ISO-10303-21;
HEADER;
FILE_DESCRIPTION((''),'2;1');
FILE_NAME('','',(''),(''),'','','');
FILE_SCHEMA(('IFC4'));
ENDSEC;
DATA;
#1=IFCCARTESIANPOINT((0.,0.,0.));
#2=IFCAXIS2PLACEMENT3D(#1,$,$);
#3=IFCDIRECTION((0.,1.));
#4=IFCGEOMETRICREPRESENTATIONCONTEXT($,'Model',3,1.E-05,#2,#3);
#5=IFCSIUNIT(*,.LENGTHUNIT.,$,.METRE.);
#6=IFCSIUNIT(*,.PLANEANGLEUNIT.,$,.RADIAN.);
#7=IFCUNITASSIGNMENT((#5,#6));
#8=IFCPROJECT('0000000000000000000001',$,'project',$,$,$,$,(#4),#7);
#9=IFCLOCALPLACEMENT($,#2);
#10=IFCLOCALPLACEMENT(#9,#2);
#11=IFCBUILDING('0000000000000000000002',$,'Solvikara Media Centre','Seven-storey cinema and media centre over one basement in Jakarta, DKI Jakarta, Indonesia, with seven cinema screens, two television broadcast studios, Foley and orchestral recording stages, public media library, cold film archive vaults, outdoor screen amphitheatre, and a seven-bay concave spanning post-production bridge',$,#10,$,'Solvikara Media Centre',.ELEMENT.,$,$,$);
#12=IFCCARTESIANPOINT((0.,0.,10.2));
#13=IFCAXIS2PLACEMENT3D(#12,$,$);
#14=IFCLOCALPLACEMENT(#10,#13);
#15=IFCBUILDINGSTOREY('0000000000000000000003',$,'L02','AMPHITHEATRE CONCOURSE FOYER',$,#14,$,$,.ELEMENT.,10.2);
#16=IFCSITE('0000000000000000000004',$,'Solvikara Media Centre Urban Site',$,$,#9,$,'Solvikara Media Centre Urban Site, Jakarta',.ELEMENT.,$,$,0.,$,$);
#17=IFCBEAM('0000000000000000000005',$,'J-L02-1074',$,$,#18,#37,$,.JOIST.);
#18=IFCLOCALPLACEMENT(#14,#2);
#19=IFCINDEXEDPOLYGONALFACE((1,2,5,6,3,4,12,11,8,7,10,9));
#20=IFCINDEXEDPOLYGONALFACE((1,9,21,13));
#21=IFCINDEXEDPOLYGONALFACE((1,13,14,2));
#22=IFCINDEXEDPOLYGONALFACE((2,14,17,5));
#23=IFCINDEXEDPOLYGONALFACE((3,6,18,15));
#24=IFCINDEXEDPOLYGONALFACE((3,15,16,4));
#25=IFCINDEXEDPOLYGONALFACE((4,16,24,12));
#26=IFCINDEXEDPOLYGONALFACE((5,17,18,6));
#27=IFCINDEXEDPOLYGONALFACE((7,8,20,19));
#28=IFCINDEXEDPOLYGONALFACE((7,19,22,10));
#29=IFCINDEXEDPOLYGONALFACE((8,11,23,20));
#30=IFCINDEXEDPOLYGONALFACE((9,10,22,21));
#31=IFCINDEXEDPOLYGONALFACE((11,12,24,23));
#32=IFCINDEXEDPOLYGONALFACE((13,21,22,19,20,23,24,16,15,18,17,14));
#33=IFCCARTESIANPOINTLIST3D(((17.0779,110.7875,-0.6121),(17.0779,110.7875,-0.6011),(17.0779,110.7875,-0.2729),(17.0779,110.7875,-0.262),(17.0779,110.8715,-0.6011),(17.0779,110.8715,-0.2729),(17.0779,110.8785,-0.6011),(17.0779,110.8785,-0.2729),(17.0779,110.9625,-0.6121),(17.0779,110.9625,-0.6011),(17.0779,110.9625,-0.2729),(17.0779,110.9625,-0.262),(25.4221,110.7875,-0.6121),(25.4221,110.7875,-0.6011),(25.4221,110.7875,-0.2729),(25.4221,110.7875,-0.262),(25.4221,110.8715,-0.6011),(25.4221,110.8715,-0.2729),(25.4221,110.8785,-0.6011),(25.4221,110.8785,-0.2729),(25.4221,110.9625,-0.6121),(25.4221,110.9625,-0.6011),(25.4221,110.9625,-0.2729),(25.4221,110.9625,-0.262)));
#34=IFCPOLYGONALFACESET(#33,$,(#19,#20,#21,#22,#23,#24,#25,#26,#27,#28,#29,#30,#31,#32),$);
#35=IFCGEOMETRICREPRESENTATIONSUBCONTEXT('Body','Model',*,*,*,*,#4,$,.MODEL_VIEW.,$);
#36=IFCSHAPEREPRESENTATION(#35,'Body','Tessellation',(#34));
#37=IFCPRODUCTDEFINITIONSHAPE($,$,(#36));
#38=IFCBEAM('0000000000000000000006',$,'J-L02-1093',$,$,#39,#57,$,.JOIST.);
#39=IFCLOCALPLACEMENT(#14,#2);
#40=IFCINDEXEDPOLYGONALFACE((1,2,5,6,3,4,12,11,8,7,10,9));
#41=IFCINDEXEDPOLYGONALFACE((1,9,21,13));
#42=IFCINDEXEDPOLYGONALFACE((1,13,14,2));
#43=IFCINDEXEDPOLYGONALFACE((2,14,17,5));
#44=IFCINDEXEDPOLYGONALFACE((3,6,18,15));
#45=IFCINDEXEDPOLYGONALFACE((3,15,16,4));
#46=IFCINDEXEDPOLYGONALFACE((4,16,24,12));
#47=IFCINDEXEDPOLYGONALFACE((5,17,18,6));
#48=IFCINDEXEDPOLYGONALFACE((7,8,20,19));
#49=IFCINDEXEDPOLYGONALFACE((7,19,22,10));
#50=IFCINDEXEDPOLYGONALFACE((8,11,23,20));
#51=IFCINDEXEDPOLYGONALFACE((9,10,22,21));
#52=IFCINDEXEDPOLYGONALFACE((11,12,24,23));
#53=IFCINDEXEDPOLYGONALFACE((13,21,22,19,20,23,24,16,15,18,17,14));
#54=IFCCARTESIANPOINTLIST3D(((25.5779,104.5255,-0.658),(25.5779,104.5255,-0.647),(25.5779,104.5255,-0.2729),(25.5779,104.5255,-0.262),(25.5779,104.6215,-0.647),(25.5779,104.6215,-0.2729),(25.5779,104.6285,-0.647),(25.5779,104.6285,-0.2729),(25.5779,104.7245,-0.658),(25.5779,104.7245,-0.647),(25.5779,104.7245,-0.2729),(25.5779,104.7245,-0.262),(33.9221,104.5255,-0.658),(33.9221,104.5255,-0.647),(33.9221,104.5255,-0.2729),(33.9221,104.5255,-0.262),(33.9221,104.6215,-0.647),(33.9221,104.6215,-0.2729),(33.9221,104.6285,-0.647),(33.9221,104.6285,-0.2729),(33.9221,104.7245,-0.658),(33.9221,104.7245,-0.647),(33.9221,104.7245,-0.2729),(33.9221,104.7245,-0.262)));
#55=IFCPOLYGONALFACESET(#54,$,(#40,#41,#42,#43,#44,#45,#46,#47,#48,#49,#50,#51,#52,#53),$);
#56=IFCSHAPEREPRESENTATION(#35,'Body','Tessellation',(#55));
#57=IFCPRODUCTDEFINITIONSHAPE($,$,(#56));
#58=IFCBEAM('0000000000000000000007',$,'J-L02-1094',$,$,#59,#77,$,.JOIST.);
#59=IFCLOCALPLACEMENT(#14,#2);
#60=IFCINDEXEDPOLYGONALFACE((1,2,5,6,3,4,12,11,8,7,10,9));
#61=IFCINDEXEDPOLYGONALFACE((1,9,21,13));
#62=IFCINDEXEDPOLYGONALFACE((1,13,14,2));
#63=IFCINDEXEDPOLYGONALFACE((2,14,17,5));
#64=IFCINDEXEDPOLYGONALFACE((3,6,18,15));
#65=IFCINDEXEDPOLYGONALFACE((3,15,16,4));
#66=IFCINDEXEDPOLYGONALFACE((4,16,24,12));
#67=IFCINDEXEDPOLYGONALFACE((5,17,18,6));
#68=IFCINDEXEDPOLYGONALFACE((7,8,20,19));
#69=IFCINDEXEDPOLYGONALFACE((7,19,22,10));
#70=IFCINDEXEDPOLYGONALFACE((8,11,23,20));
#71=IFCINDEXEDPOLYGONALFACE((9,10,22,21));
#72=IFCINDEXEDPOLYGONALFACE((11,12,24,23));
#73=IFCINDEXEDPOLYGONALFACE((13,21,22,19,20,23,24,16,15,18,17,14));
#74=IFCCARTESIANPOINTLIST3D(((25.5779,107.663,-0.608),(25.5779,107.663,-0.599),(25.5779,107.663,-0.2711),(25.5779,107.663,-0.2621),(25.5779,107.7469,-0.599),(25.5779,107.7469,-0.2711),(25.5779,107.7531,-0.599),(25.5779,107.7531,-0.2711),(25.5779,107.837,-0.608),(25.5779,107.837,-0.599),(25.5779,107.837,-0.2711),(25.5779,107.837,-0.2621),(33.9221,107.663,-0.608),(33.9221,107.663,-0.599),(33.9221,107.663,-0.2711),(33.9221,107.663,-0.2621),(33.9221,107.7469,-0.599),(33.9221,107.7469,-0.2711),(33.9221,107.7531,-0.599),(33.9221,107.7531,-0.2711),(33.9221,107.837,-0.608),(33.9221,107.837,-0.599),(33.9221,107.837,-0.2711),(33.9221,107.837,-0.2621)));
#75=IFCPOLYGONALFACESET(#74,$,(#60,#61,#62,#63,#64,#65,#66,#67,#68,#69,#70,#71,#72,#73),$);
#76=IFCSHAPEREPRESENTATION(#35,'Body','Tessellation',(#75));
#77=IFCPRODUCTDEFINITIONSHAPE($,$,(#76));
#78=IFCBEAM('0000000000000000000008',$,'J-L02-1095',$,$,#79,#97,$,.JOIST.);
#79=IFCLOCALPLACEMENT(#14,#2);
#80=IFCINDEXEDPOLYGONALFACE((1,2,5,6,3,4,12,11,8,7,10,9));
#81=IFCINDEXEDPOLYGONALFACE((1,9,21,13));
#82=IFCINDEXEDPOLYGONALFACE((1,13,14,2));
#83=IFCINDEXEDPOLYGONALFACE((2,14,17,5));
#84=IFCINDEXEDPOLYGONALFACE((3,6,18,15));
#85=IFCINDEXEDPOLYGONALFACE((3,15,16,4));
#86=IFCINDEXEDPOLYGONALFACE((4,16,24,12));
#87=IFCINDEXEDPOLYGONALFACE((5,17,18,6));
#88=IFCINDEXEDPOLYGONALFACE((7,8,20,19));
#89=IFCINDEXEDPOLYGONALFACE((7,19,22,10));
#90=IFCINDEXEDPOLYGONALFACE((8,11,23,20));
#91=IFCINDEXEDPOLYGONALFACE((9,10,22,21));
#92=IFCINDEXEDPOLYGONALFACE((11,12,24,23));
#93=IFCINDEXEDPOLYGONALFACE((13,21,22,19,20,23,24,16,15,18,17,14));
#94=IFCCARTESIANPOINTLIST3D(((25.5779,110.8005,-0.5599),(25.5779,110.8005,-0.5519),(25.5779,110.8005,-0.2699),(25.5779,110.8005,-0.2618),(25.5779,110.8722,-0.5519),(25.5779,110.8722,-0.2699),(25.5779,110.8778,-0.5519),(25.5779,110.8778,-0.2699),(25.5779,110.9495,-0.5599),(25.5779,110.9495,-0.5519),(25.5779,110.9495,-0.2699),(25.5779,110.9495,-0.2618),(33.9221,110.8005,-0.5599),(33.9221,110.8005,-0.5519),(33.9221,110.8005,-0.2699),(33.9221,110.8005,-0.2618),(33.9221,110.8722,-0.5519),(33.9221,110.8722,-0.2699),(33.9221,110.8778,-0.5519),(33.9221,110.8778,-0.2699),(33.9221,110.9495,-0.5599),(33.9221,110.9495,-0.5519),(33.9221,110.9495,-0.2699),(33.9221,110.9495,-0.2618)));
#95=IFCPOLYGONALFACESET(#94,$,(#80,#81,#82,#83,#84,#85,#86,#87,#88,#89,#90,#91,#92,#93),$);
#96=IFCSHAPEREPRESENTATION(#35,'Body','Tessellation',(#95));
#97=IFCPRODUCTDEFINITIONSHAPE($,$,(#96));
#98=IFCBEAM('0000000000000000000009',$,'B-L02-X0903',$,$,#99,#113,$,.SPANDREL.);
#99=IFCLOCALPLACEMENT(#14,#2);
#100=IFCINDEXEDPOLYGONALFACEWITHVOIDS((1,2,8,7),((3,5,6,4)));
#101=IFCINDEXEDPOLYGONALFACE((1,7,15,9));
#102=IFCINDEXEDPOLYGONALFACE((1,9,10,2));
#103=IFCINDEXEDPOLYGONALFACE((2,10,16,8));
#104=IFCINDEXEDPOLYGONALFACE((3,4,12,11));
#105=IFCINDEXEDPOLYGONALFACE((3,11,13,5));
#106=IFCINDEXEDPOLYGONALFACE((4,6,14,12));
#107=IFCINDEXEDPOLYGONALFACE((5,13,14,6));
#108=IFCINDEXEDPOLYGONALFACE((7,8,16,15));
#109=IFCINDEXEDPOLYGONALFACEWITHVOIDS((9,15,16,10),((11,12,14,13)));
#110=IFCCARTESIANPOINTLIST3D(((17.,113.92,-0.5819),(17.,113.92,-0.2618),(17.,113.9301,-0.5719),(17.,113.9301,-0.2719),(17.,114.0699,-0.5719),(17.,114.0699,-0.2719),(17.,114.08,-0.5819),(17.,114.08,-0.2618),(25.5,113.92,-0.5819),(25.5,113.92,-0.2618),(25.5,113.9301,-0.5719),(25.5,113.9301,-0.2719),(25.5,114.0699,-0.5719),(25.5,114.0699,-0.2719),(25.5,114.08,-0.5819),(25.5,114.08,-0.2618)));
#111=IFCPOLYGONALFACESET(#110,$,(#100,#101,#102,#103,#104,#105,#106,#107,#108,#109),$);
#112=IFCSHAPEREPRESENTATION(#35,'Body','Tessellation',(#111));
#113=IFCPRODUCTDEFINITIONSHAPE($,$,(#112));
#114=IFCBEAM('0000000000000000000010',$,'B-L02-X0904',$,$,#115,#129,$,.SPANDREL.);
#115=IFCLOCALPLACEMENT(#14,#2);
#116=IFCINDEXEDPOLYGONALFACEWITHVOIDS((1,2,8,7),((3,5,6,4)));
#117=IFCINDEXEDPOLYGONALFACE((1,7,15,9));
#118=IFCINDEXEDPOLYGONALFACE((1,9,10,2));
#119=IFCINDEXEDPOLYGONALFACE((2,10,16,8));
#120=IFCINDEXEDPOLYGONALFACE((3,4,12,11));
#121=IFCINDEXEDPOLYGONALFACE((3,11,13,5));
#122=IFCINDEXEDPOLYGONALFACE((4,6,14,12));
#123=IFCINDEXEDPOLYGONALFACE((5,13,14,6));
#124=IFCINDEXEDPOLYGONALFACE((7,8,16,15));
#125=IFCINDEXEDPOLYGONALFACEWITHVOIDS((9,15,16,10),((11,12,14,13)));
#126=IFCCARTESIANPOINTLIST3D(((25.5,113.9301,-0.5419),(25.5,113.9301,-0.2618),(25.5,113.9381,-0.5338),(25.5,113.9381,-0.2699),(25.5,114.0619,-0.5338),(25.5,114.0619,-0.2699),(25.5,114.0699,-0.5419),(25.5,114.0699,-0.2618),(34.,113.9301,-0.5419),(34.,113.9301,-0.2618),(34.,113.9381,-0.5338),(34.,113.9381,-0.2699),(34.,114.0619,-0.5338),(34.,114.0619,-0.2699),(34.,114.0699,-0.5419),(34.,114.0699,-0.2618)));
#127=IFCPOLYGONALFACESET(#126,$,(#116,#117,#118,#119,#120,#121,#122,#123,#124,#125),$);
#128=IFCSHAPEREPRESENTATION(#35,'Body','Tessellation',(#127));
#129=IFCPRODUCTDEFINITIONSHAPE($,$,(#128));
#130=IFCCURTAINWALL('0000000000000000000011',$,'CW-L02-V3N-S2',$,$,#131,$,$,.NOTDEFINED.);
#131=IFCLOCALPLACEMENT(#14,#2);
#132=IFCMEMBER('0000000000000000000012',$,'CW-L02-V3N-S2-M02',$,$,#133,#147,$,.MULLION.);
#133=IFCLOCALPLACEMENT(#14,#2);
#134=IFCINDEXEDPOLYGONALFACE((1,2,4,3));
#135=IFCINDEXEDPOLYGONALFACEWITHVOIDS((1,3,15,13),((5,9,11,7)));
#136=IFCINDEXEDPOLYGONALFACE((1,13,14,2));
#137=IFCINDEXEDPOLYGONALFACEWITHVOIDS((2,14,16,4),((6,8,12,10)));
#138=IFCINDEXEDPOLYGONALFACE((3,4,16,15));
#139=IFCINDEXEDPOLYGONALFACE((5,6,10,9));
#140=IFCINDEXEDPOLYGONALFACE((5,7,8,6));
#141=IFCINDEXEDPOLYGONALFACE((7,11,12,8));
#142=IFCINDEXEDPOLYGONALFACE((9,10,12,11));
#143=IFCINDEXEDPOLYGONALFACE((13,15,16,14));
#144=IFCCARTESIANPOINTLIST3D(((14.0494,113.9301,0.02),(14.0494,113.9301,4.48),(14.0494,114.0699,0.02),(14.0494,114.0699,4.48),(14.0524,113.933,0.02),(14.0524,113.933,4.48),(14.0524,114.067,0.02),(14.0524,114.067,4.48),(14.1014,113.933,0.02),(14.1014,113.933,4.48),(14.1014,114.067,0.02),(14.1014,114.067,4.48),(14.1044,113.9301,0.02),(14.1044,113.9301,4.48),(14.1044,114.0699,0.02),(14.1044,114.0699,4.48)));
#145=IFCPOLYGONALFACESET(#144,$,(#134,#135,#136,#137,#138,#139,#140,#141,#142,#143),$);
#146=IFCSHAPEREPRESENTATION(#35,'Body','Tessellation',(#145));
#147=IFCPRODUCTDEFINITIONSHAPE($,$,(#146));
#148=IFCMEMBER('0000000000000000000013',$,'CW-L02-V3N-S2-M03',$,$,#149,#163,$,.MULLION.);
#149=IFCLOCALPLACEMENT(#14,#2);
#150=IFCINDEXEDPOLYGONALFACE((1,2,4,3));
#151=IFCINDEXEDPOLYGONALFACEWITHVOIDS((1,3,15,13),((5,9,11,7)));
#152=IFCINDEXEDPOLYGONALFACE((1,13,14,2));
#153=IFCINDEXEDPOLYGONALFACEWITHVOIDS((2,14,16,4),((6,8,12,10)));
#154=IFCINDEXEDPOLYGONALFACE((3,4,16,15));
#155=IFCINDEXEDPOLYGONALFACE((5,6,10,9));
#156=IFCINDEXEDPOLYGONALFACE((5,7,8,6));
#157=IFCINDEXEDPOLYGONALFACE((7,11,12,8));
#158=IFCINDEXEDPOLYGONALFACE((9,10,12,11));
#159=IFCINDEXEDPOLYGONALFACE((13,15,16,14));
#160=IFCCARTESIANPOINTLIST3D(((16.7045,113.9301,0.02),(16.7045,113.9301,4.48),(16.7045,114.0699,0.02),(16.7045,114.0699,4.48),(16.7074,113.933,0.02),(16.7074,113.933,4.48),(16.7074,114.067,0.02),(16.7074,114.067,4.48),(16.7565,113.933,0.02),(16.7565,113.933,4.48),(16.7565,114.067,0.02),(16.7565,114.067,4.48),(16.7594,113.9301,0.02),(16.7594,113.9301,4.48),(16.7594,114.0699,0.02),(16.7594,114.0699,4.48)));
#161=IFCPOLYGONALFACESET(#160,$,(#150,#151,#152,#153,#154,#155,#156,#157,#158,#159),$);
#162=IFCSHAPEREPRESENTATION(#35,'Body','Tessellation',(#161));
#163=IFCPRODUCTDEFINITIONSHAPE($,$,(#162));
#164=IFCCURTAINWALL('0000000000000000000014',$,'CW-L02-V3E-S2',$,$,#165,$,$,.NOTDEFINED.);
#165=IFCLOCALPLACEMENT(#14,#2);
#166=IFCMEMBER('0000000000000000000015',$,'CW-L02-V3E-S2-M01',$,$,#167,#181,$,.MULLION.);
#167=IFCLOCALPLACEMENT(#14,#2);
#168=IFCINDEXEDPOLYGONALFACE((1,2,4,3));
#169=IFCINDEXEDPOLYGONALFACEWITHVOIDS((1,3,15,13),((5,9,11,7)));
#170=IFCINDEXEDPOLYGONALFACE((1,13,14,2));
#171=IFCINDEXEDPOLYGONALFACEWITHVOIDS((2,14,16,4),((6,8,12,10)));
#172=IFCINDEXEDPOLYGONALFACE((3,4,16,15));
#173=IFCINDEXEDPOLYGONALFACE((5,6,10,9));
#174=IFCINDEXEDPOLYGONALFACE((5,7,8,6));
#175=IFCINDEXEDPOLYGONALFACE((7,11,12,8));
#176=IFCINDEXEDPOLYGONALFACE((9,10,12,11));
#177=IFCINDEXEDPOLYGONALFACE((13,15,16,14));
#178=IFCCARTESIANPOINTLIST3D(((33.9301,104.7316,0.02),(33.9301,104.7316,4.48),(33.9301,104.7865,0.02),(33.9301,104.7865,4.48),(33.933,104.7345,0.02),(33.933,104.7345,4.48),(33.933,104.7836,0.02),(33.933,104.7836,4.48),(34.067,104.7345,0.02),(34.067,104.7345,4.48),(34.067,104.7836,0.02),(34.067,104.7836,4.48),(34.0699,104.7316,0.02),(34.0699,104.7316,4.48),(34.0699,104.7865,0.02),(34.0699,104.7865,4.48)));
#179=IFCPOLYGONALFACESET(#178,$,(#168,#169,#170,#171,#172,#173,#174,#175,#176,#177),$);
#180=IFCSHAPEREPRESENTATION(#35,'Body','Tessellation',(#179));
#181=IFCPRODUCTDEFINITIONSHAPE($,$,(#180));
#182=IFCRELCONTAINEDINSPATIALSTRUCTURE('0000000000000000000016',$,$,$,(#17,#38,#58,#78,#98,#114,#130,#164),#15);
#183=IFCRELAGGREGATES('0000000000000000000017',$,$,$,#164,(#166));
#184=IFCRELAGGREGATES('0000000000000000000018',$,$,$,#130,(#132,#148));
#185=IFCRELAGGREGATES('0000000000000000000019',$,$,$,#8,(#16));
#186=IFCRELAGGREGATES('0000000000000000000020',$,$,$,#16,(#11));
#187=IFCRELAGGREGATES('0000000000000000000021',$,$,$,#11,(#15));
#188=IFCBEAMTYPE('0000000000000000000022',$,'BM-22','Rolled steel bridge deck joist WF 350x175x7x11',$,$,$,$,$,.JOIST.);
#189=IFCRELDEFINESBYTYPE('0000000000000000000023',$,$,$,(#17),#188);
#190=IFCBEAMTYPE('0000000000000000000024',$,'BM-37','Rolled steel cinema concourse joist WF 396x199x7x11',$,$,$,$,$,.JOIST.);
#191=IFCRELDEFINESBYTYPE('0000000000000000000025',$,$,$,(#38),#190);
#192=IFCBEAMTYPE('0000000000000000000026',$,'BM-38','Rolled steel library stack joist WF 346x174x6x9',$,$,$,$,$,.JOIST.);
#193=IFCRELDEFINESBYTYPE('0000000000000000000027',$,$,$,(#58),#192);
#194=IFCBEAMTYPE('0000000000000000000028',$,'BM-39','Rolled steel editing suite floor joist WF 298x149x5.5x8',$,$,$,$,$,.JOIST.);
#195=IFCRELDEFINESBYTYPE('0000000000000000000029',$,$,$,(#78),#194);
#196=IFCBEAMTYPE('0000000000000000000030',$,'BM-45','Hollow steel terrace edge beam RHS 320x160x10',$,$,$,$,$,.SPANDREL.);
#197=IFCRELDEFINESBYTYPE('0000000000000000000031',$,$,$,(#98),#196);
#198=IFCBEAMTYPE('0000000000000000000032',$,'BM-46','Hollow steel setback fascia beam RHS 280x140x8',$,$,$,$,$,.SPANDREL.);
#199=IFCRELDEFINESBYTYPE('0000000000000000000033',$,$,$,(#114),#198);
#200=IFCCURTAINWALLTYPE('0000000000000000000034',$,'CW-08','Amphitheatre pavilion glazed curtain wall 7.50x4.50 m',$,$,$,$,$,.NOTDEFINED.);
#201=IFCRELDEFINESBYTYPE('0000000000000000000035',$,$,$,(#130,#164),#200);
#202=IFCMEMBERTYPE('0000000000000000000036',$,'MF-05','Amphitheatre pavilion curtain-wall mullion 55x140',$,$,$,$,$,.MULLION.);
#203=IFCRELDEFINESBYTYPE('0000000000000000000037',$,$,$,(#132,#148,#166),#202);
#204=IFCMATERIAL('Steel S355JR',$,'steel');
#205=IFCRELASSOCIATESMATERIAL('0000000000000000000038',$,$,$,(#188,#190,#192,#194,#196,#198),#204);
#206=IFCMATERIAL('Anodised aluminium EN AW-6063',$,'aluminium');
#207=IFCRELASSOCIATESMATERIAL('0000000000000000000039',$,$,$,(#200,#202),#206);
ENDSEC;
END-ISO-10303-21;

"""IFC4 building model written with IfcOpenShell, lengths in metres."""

from ifc_helpers import new_model, si_unit, direction, frame, origin, origin_2d, place, context, subcontext, project, spatial, hollow_rectangle, i_section, extrude, material, material_profile, profile_set, type_object, element, aggregate, save


model = new_model("IFC4")

# Units and contexts
model_context = context("Model", 3, precision=1e-05, world=origin(), true_north=direction((0.0, 1.0)))
body_context = subcontext(model_context, "Body", "Model", "MODEL_VIEW")
ifc_project = project(units=[si_unit("LENGTHUNIT", "METRE"), si_unit("PLANEANGLEUNIT", "RADIAN")], contexts=[model_context])

# Site, building, storey
site_placement = place(None, origin())
site = spatial("IfcSite", under=ifc_project, at=site_placement, Name="Solvikara Media Centre Urban Site", LongName="Solvikara Media Centre Urban Site, Jakarta", CompositionType="ELEMENT", RefElevation=0.0)
building_placement = place(site_placement, origin())
building = spatial("IfcBuilding", under=site, at=building_placement, Name="Solvikara Media Centre", Description="Seven-storey cinema and media centre over one basement in Jakarta, DKI Jakarta, Indonesia, with seven cinema screens, two television broadcast studios, Foley and orchestral recording stages, public media library, cold film archive vaults, outdoor screen amphitheatre, and a seven-bay concave spanning post-production bridge", LongName="Solvikara Media Centre", CompositionType="ELEMENT")
storey_placement = place(building_placement, frame((0.0, 0.0, 10.2)))
storey = spatial("IfcBuildingStorey", under=building, at=storey_placement, Name="L02", Description="AMPHITHEATRE CONCOURSE FOYER", CompositionType="ELEMENT", Elevation=10.2)

# Shared definitions
ifc_material_1 = material(Name="Steel S355JR", Category="steel")

# Beams
ifc_material_profile_1 = material_profile(ifc_material_1, i_section(OverallWidth=0.175, OverallDepth=0.3501, WebThickness=0.0071, FlangeThickness=0.011, at=origin_2d()), Name="WF 350x175x7x11")
ifc_profile_set_1 = profile_set([ifc_material_profile_1], Name="Steel S355JR")
beam_type_1 = type_object("IfcBeamType", Name="BM-22", Description="Rolled steel bridge deck joist WF 350x175x7x11", PredefinedType="JOIST", material=ifc_profile_set_1)
beam_1_placement = place(storey_placement, frame((17.0779, 110.875, -0.437), z_axis=(1.0, 0.0, 0.0), x_axis=(0.0, 1.0, 0.0)))
element("IfcBeam", 1, at=beam_1_placement, inside=storey, type_object=beam_type_1, Name="J-L02-1074", PredefinedType="JOIST", context=body_context, shape_type="SweptSolid", body=[
    extrude(i_section(OverallWidth=0.175, OverallDepth=0.3501, WebThickness=0.0071, FlangeThickness=0.011, at=origin_2d()), origin(), (0.0, 0.0, 1.0), 8.3442),
])
ifc_material_profile_2 = material_profile(ifc_material_1, i_section(OverallWidth=0.199, OverallDepth=0.396, WebThickness=0.0071, FlangeThickness=0.011, at=origin_2d()), Name="WF 396x199x7x11")
ifc_profile_set_2 = profile_set([ifc_material_profile_2], Name="Steel S355JR")
beam_type_2 = type_object("IfcBeamType", Name="BM-37", Description="Rolled steel cinema concourse joist WF 396x199x7x11", PredefinedType="JOIST", material=ifc_profile_set_2)
beam_2_placement = place(storey_placement, frame((25.5779, 104.625, -0.46), z_axis=(1.0, 0.0, 0.0), x_axis=(0.0, 1.0, 0.0)))
element("IfcBeam", 2, at=beam_2_placement, inside=storey, type_object=beam_type_2, Name="J-L02-1093", PredefinedType="JOIST", context=body_context, shape_type="SweptSolid", body=[
    extrude(i_section(OverallWidth=0.199, OverallDepth=0.396, WebThickness=0.0071, FlangeThickness=0.011, at=origin_2d()), origin(), (0.0, 0.0, 1.0), 8.3442),
])
ifc_material_profile_3 = material_profile(ifc_material_1, i_section(OverallWidth=0.1741, OverallDepth=0.3459, WebThickness=0.0061, FlangeThickness=0.009, at=origin_2d()), Name="WF 346x174x6x9")
ifc_profile_set_3 = profile_set([ifc_material_profile_3], Name="Steel S355JR")
beam_type_3 = type_object("IfcBeamType", Name="BM-38", Description="Rolled steel library stack joist WF 346x174x6x9", PredefinedType="JOIST", material=ifc_profile_set_3)
beam_3_placement = place(storey_placement, frame((25.5779, 107.75, -0.4351), z_axis=(1.0, 0.0, 0.0), x_axis=(0.0, 1.0, 0.0)))
element("IfcBeam", 3, at=beam_3_placement, inside=storey, type_object=beam_type_3, Name="J-L02-1094", PredefinedType="JOIST", context=body_context, shape_type="SweptSolid", body=[
    extrude(i_section(OverallWidth=0.1741, OverallDepth=0.3459, WebThickness=0.0061, FlangeThickness=0.009, at=origin_2d()), origin(), (0.0, 0.0, 1.0), 8.3442),
])
ifc_material_profile_4 = material_profile(ifc_material_1, i_section(OverallWidth=0.1489, OverallDepth=0.2981, WebThickness=0.0056, FlangeThickness=0.0081, at=origin_2d()), Name="WF 298x149x5.5x8")
ifc_profile_set_4 = profile_set([ifc_material_profile_4], Name="Steel S355JR")
beam_type_4 = type_object("IfcBeamType", Name="BM-39", Description="Rolled steel editing suite floor joist WF 298x149x5.5x8", PredefinedType="JOIST", material=ifc_profile_set_4)
beam_4_placement = place(storey_placement, frame((25.5779, 110.875, -0.4109), z_axis=(1.0, 0.0, 0.0), x_axis=(0.0, 1.0, 0.0)))
element("IfcBeam", 4, at=beam_4_placement, inside=storey, type_object=beam_type_4, Name="J-L02-1095", PredefinedType="JOIST", context=body_context, shape_type="SweptSolid", body=[
    extrude(i_section(OverallWidth=0.1489, OverallDepth=0.2981, WebThickness=0.0056, FlangeThickness=0.0081, at=origin_2d()), origin(), (0.0, 0.0, 1.0), 8.3442),
])
ifc_material_profile_5 = material_profile(ifc_material_1, hollow_rectangle(XDim=0.1599, YDim=0.3201, WallThickness=0.01, at=origin_2d()), Name="RHS 320x160x10")
ifc_profile_set_5 = profile_set([ifc_material_profile_5], Name="Steel S355JR")
beam_type_5 = type_object("IfcBeamType", Name="BM-45", Description="Hollow steel terrace edge beam RHS 320x160x10", PredefinedType="SPANDREL", material=ifc_profile_set_5)
beam_5_placement = place(storey_placement, frame((17.0, 114.0, -0.4219), z_axis=(1.0, 0.0, 0.0), x_axis=(0.0, 1.0, 0.0)))
element("IfcBeam", 5, at=beam_5_placement, inside=storey, type_object=beam_type_5, Name="B-L02-X0903", PredefinedType="SPANDREL", context=body_context, shape_type="SweptSolid", body=[
    extrude(hollow_rectangle(XDim=0.1599, YDim=0.3201, WallThickness=0.01, at=origin_2d()), origin(), (0.0, 0.0, 1.0), 8.5),
])
ifc_material_profile_6 = material_profile(ifc_material_1, hollow_rectangle(XDim=0.1399, YDim=0.28, WallThickness=0.0081, at=origin_2d()), Name="RHS 280x140x8")
ifc_profile_set_6 = profile_set([ifc_material_profile_6], Name="Steel S355JR")
beam_type_6 = type_object("IfcBeamType", Name="BM-46", Description="Hollow steel setback fascia beam RHS 280x140x8", PredefinedType="SPANDREL", material=ifc_profile_set_6)
beam_6_placement = place(storey_placement, frame((25.5, 114.0, -0.4019), z_axis=(1.0, 0.0, 0.0), x_axis=(0.0, 1.0, 0.0)))
element("IfcBeam", 6, at=beam_6_placement, inside=storey, type_object=beam_type_6, Name="B-L02-X0904", PredefinedType="SPANDREL", context=body_context, shape_type="SweptSolid", body=[
    extrude(hollow_rectangle(XDim=0.1399, YDim=0.28, WallThickness=0.0081, at=origin_2d()), origin(), (0.0, 0.0, 1.0), 8.5),
])

# Curtain walls, members
ifc_material_2 = material(Name="Anodised aluminium EN AW-6063", Category="aluminium")
curtain_wall_type = type_object("IfcCurtainWallType", Name="CW-08", Description="Amphitheatre pavilion glazed curtain wall 7.50x4.50 m", PredefinedType="NOTDEFINED", material=ifc_material_2)
curtain_wall_1_placement = place(storey_placement, origin())
curtain_wall_1 = element("IfcCurtainWall", 7, at=curtain_wall_1_placement, inside=storey, type_object=curtain_wall_type, Name="CW-L02-V3N-S2", PredefinedType="NOTDEFINED")
ifc_material_profile_7 = material_profile(ifc_material_2, hollow_rectangle(XDim=0.0549, YDim=0.1399, WallThickness=0.0029, at=origin_2d()), Name="ALU-M 55x140x3")
ifc_profile_set_7 = profile_set([ifc_material_profile_7], Name="Anodised aluminium EN AW-6063")
member_type = type_object("IfcMemberType", Name="MF-05", Description="Amphitheatre pavilion curtain-wall mullion 55x140", PredefinedType="MULLION", material=ifc_profile_set_7)
member_1_placement = place(storey_placement, frame((14.0769, 114.0, 0.02), z_axis=(0.0, 0.0, 1.0), x_axis=(1.0, 0.0, 0.0)))
member_1 = element("IfcMember", 8, at=member_1_placement, type_object=member_type, Name="CW-L02-V3N-S2-M02", PredefinedType="MULLION", context=body_context, shape_type="SweptSolid", body=[
    extrude(hollow_rectangle(XDim=0.0549, YDim=0.1399, WallThickness=0.0029, at=origin_2d()), origin(), (0.0, 0.0, 1.0), 4.46),
])
member_2_placement = place(storey_placement, frame((16.7319, 114.0, 0.02), z_axis=(0.0, 0.0, 1.0), x_axis=(1.0, 0.0, 0.0)))
member_2 = element("IfcMember", 9, at=member_2_placement, type_object=member_type, Name="CW-L02-V3N-S2-M03", PredefinedType="MULLION", context=body_context, shape_type="SweptSolid", body=[
    extrude(hollow_rectangle(XDim=0.0549, YDim=0.1399, WallThickness=0.0029, at=origin_2d()), origin(), (0.0, 0.0, 1.0), 4.46),
])
curtain_wall_2_placement = place(storey_placement, origin())
curtain_wall_2 = element("IfcCurtainWall", 10, at=curtain_wall_2_placement, inside=storey, type_object=curtain_wall_type, Name="CW-L02-V3E-S2", PredefinedType="NOTDEFINED")
member_3_placement = place(storey_placement, frame((34.0, 104.759, 0.02), z_axis=(0.0, 0.0, 1.0), x_axis=(0.0, 1.0, 0.0)))
member_3 = element("IfcMember", 11, at=member_3_placement, type_object=member_type, Name="CW-L02-V3E-S2-M01", PredefinedType="MULLION", context=body_context, shape_type="SweptSolid", body=[
    extrude(hollow_rectangle(XDim=0.0549, YDim=0.1399, WallThickness=0.0029, at=origin_2d()), origin(), (0.0, 0.0, 1.0), 4.46),
])
aggregate(curtain_wall_2, [member_3])

aggregate(curtain_wall_1, [member_1, member_2])

save(model, "model.ifc")
